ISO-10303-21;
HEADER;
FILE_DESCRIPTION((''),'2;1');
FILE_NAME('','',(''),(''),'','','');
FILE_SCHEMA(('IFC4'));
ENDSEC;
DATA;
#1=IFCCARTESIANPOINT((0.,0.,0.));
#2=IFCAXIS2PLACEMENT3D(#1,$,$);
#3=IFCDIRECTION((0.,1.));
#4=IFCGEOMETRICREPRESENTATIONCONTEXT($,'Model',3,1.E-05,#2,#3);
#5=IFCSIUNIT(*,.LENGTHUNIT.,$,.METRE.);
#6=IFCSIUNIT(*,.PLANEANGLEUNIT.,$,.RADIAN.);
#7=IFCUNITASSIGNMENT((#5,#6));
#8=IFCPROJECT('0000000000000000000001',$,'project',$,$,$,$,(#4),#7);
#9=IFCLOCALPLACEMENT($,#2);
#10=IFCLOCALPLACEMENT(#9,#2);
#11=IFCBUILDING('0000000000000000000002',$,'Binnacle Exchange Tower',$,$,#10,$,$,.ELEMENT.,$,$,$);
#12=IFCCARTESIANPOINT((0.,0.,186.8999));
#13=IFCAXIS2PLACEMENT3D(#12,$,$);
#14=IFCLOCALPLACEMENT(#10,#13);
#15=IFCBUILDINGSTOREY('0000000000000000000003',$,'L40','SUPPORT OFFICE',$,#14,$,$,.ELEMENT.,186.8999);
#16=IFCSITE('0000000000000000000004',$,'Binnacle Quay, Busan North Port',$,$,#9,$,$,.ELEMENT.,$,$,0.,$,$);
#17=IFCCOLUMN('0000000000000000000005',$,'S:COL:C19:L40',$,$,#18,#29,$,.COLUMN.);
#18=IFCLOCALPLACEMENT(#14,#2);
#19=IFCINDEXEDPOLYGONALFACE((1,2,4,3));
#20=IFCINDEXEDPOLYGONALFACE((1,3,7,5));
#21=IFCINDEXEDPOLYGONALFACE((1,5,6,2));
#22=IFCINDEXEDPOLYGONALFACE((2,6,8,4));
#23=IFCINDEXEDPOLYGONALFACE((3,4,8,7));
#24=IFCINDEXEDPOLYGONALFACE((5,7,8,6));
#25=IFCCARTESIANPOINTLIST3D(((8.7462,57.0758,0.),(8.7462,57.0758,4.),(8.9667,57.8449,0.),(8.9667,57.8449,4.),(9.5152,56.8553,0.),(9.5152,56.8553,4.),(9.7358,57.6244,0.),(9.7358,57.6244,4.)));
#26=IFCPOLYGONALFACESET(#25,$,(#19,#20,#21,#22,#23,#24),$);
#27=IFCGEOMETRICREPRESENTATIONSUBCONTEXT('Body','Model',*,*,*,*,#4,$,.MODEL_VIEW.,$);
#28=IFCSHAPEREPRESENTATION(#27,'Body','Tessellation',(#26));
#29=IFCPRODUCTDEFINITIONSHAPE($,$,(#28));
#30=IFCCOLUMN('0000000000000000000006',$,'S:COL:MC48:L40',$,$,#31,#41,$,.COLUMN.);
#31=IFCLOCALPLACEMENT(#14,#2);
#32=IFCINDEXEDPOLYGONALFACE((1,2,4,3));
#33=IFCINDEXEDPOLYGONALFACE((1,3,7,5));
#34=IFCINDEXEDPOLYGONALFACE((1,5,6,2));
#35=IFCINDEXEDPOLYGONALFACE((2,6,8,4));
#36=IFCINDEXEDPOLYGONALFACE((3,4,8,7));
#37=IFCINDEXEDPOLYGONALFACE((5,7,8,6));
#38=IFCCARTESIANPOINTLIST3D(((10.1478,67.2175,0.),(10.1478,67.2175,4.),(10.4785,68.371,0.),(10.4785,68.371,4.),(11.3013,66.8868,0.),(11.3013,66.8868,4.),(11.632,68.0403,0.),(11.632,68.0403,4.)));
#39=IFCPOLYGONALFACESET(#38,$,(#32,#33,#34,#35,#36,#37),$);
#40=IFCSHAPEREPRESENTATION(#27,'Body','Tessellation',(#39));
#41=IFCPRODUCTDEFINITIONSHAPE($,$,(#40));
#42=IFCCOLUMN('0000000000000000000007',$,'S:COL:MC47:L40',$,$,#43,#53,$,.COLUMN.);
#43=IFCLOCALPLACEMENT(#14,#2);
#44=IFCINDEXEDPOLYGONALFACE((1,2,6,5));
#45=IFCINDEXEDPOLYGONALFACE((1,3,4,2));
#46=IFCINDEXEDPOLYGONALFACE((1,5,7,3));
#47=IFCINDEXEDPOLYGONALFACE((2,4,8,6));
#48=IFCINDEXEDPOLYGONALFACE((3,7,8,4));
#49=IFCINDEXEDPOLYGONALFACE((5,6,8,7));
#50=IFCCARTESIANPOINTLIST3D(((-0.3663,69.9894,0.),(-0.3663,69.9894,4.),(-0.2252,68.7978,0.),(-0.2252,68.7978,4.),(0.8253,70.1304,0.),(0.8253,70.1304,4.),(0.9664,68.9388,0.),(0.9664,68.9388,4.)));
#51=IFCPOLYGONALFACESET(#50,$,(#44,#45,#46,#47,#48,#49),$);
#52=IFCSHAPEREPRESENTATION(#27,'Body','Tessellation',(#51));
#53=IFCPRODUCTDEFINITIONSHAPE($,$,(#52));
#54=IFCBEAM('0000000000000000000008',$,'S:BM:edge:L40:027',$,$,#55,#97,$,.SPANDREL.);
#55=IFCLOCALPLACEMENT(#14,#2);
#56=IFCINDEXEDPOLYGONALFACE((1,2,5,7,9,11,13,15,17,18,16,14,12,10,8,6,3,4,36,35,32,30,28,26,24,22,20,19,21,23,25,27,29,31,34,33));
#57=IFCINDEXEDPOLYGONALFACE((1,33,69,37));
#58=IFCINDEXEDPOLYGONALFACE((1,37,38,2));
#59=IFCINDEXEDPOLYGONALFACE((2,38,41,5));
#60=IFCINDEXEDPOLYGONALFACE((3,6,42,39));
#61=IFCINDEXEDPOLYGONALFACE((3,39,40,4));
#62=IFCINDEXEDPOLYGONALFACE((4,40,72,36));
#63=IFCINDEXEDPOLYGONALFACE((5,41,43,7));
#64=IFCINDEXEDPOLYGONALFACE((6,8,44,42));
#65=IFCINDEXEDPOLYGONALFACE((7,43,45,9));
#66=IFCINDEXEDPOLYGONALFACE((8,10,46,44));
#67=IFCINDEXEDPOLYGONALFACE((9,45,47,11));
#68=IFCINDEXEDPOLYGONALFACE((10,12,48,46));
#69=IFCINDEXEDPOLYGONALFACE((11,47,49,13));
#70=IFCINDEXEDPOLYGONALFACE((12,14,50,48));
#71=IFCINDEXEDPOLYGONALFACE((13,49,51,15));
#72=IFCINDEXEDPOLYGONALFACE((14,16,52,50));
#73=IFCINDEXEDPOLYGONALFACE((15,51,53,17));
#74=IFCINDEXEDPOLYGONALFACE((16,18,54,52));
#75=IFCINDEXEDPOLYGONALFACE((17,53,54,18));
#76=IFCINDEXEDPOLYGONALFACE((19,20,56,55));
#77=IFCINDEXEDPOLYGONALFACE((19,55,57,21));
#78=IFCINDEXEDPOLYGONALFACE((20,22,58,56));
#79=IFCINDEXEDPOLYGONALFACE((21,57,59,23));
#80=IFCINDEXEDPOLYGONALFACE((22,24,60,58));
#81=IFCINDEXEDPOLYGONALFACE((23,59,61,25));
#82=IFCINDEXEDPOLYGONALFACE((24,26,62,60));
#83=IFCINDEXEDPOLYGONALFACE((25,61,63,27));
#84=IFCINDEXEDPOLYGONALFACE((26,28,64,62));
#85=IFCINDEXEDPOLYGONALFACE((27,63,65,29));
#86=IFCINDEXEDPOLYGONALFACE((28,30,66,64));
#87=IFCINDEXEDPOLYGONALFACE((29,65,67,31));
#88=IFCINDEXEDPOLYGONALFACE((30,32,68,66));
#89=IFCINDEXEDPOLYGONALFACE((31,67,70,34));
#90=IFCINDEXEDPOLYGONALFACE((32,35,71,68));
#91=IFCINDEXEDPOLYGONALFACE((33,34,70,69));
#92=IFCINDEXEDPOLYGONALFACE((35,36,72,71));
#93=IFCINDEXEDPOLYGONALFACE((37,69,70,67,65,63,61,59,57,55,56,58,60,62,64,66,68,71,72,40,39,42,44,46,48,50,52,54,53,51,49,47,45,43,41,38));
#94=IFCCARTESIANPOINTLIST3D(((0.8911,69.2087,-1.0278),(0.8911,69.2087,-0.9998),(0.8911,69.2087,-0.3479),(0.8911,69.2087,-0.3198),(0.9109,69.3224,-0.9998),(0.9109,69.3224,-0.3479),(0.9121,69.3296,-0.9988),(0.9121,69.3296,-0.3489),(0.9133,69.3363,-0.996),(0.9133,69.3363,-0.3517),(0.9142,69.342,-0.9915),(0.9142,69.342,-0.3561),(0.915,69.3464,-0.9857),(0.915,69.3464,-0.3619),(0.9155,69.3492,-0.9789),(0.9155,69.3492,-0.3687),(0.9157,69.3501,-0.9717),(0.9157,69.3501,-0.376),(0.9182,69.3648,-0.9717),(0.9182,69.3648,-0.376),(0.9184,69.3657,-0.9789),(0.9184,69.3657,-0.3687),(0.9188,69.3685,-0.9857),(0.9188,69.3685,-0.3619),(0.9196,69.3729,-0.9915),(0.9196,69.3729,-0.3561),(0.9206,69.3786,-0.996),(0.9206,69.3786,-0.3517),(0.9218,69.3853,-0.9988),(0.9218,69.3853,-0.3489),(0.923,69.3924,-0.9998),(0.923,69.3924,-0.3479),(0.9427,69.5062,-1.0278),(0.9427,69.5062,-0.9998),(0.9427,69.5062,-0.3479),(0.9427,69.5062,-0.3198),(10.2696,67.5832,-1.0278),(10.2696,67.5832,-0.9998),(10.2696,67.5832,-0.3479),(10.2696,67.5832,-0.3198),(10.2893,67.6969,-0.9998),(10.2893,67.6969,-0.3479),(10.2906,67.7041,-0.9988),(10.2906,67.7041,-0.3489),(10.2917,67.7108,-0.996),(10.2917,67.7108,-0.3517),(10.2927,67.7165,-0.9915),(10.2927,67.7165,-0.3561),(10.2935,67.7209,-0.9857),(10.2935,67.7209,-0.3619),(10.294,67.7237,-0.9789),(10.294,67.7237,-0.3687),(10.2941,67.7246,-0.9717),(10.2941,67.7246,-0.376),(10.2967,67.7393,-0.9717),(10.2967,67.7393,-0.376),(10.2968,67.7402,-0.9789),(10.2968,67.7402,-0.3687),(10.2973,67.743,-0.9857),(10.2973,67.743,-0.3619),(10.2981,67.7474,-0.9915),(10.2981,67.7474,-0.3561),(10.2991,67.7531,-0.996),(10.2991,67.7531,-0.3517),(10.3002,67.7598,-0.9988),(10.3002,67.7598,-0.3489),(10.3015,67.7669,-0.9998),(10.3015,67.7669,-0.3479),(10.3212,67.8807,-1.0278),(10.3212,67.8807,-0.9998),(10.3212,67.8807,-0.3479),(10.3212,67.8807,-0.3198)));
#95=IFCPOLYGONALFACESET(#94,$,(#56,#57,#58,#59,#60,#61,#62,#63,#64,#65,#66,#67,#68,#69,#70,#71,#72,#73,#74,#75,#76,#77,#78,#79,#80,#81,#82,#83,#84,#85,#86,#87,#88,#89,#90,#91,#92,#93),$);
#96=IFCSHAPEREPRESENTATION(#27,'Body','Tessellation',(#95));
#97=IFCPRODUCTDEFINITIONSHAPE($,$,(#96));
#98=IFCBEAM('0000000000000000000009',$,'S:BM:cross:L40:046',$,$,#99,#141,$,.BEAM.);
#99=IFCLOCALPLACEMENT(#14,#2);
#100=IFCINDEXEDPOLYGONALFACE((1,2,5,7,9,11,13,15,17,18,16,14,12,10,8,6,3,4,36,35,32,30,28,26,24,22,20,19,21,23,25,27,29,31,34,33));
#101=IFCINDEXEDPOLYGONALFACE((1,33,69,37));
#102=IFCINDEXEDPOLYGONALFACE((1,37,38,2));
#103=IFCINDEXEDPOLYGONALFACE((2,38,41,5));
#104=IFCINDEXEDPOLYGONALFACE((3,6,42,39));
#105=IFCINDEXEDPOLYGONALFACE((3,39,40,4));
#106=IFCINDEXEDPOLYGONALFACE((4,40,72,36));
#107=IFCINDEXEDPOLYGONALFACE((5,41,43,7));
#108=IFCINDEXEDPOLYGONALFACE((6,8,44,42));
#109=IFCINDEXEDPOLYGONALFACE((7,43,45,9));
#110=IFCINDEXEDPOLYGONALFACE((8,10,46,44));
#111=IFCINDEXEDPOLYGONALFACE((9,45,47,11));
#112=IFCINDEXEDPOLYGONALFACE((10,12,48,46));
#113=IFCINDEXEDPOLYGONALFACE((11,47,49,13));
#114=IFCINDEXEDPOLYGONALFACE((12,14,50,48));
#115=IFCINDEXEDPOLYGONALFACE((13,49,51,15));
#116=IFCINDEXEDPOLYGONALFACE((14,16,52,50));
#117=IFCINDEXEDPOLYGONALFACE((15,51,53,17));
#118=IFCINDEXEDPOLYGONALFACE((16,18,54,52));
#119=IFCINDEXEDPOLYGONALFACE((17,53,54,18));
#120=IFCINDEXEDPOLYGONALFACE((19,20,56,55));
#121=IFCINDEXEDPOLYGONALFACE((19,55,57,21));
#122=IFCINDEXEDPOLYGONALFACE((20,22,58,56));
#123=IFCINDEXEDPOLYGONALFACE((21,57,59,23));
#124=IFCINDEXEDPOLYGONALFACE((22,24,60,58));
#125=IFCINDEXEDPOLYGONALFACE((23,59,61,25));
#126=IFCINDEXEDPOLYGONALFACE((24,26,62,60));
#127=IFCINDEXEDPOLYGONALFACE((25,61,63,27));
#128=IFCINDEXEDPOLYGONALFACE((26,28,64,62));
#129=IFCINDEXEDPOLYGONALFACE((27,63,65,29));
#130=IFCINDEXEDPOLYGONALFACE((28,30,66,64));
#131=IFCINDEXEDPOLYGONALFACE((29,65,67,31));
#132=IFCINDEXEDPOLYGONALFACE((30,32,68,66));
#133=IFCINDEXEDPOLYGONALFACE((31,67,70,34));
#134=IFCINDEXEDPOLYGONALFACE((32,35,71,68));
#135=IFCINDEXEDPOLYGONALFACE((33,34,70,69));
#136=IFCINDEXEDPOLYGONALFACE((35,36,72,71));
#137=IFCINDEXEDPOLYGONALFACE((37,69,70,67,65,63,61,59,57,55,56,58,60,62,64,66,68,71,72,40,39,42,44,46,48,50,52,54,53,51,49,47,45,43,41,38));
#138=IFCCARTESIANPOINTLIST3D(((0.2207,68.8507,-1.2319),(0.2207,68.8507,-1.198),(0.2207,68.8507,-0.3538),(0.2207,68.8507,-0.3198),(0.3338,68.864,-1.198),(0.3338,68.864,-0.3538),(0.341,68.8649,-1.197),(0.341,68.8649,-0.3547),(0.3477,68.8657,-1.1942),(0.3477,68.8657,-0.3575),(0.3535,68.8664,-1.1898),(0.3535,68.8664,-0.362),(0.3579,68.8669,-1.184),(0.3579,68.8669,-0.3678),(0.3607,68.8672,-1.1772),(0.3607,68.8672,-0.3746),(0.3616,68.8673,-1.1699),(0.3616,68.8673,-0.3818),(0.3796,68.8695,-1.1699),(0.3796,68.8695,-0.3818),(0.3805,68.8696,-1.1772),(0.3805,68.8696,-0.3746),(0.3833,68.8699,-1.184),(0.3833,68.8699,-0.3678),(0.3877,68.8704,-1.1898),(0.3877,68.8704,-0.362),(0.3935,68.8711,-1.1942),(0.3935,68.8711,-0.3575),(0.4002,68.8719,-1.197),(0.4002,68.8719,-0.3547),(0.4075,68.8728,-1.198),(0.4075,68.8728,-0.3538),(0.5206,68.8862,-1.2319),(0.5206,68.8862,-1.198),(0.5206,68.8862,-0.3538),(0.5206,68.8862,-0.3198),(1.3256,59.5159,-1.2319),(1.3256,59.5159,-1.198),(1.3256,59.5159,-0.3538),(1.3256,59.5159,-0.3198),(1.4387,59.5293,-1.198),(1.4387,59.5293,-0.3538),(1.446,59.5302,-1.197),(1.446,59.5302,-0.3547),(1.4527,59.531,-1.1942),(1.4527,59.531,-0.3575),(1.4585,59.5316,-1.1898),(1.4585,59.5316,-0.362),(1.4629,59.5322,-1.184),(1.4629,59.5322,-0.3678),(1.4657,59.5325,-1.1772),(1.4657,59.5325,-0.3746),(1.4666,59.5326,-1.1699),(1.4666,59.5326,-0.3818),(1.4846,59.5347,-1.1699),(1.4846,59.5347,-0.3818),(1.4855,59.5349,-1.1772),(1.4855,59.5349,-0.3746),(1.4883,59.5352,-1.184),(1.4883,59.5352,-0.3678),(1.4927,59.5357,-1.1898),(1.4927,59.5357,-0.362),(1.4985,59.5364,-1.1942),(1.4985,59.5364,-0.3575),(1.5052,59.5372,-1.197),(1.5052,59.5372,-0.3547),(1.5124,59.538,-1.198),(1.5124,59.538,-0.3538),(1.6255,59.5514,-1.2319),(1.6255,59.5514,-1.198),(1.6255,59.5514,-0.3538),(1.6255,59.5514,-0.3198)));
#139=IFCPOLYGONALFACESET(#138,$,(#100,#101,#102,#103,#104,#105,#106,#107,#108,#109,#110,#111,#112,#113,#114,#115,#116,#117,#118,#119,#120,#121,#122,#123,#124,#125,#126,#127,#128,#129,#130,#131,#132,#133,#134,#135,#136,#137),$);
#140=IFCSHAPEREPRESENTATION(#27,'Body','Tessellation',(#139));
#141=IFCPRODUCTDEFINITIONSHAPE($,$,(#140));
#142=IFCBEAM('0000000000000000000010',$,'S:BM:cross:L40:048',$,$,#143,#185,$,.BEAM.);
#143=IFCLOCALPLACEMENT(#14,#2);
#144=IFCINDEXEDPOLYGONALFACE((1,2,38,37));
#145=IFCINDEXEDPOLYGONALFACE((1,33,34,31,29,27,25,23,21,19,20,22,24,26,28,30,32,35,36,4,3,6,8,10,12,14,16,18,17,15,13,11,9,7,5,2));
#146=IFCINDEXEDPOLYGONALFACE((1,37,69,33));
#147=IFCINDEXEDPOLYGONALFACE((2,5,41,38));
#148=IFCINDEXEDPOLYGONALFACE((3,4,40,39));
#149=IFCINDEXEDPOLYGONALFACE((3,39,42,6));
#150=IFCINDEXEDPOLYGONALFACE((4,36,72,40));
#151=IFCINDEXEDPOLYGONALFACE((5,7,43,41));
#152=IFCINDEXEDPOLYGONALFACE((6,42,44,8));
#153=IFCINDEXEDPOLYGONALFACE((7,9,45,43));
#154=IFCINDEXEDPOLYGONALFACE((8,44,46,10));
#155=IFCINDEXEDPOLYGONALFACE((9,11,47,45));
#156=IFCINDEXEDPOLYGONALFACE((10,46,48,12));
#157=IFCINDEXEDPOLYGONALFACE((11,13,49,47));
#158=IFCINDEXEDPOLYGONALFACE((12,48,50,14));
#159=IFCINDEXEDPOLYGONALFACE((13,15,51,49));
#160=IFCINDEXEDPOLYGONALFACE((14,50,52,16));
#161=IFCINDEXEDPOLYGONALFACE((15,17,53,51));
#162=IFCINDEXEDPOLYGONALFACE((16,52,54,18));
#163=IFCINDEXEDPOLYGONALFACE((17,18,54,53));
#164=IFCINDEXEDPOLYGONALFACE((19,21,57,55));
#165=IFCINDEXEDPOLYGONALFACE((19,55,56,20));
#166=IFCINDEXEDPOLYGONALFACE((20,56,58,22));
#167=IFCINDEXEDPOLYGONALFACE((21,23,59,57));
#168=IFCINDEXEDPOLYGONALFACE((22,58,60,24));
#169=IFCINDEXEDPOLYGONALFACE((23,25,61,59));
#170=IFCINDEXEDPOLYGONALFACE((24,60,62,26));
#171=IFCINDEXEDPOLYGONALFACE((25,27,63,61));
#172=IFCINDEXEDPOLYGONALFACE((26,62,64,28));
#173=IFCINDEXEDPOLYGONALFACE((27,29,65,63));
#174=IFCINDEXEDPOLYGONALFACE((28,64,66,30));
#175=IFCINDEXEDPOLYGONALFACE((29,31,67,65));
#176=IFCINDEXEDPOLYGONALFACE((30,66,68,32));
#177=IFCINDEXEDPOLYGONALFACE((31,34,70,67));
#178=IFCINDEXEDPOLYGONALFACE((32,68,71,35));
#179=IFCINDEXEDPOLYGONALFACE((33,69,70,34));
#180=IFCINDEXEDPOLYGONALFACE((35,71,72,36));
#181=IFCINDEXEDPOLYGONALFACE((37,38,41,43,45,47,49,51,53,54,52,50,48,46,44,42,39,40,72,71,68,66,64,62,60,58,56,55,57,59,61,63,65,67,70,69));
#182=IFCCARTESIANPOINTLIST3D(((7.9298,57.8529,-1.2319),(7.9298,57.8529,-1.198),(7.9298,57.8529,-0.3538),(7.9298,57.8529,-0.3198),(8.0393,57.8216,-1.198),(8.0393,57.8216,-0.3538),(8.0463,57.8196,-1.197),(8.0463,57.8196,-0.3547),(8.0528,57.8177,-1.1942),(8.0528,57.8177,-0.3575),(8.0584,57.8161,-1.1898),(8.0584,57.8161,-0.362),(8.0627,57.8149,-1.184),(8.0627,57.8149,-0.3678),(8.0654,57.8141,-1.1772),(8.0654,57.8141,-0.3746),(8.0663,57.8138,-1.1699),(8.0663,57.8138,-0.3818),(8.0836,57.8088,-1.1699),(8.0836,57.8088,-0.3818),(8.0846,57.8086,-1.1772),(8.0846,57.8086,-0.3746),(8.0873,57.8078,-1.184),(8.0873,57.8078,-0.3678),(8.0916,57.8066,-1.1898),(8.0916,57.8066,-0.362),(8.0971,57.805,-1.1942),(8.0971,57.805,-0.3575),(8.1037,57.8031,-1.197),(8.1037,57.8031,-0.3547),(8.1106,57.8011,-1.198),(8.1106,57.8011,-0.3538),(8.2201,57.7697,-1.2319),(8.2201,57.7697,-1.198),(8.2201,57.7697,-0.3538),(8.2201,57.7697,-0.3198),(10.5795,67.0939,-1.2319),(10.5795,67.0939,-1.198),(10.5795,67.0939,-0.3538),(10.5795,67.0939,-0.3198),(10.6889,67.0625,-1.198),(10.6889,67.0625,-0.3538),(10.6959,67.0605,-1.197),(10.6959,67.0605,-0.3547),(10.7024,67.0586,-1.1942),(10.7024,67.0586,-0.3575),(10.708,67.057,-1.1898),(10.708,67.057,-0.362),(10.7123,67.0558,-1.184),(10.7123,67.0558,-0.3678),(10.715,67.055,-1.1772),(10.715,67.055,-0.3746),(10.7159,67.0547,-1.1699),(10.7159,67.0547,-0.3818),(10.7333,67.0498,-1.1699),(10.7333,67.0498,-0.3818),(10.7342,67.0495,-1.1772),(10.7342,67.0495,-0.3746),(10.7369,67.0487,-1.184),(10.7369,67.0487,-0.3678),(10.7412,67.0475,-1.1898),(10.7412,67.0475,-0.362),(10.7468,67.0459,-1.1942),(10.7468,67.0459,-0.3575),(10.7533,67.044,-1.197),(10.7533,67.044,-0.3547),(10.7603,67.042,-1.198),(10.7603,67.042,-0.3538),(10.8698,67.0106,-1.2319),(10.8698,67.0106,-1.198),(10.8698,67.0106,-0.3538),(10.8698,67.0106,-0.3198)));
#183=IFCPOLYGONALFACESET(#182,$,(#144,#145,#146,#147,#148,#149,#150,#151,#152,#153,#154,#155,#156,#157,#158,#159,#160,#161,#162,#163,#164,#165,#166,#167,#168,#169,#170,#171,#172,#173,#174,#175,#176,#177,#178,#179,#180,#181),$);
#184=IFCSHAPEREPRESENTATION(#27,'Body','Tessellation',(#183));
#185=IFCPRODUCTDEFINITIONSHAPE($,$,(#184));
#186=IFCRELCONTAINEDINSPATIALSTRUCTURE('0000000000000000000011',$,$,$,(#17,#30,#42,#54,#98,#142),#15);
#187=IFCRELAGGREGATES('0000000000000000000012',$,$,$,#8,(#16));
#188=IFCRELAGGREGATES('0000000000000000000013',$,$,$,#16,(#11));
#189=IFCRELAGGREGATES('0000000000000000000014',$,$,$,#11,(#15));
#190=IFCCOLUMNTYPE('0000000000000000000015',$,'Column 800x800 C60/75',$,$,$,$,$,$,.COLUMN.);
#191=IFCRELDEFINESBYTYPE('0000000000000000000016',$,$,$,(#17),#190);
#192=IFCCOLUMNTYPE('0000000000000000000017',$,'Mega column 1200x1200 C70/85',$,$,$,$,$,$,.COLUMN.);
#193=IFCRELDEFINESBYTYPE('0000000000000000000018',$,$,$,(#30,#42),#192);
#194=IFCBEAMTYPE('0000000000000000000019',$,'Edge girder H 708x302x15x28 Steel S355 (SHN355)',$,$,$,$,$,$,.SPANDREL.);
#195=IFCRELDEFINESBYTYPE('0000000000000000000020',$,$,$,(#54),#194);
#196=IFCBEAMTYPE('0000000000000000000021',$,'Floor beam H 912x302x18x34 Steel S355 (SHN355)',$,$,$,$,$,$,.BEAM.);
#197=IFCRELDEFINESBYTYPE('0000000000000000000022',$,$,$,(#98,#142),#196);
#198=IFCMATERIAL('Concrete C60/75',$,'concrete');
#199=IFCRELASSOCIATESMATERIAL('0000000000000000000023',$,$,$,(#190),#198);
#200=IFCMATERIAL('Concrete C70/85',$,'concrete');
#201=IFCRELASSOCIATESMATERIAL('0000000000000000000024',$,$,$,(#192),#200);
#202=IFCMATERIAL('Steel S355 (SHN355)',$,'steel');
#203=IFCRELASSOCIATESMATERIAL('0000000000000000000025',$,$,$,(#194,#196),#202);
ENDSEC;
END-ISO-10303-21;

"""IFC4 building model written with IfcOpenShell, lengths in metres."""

from ifc_helpers import new_model, si_unit, direction, frame, origin, origin_2d, place, context, subcontext, project, spatial, rectangle, i_section, extrude, material, material_profile, profile_set, type_object, element, save


model = new_model("IFC4")

# Units and contexts
model_context = context("Model", 3, precision=1e-05, world=origin(), true_north=direction((0.0, 1.0)))
body_context = subcontext(model_context, "Body", "Model", "MODEL_VIEW")
ifc_project = project(units=[si_unit("LENGTHUNIT", "METRE"), si_unit("PLANEANGLEUNIT", "RADIAN")], contexts=[model_context])

# Site, building, storey
site_placement = place(None, origin())
site = spatial("IfcSite", under=ifc_project, at=site_placement, Name="Binnacle Quay, Busan North Port", CompositionType="ELEMENT", RefElevation=0.0)
building_placement = place(site_placement, origin())
building = spatial("IfcBuilding", under=site, at=building_placement, Name="Binnacle Exchange Tower", CompositionType="ELEMENT")
storey_placement = place(building_placement, frame((0.0, 0.0, 186.8999)))
storey = spatial("IfcBuildingStorey", under=building, at=storey_placement, Name="L40", Description="SUPPORT OFFICE", CompositionType="ELEMENT", Elevation=186.8999)

# Columns
ifc_material_1 = material(Name="Concrete C60/75", Category="concrete")
ifc_material_profile_1 = material_profile(ifc_material_1, rectangle(XDim=0.8, YDim=0.8, at=origin_2d()), Name="Column 800x800 C60/75")
ifc_profile_set_1 = profile_set([ifc_material_profile_1], Name="Concrete C60/75")
column_type_1 = type_object("IfcColumnType", Name="Column 800x800 C60/75", PredefinedType="COLUMN", material=ifc_profile_set_1)
column_placement = place(storey_placement, frame((9.241, 57.3501, 0.0), z_axis=(0.0, 0.0, 1.0), x_axis=(0.961262, -0.275637, 0.0)))
element("IfcColumn", 1, at=column_placement, inside=storey, type_object=column_type_1, Name="S:COL:C19:L40", PredefinedType="COLUMN", context=body_context, shape_type="SweptSolid", body=[
    extrude(rectangle(XDim=0.8, YDim=0.8, at=origin_2d()), origin(), (0.0, 0.0, 1.0), 4.0),
])
ifc_material_2 = material(Name="Concrete C70/85", Category="concrete")
ifc_material_profile_2 = material_profile(ifc_material_2, rectangle(XDim=1.2, YDim=1.2, at=origin_2d()), Name="Mega column 1200x1200 C70/85")
ifc_profile_set_2 = profile_set([ifc_material_profile_2], Name="Concrete C70/85")
column_type_2 = type_object("IfcColumnType", Name="Mega column 1200x1200 C70/85", PredefinedType="COLUMN", material=ifc_profile_set_2)
for number, where, z_axis, x_axis, name in (
    (2, (10.8899, 67.6289, 0.0), (0.0, 0.0, 1.0), (-0.961262, 0.275637, 0.0), "S:COL:MC48:L40"),
    (3, (0.3, 69.4641, 0.0), (0.0, 0.0, 1.0), (-0.993068, -0.117537, 0.0), "S:COL:MC47:L40"),
):
    element("IfcColumn", number, at=place(storey_placement, frame(where, z_axis=z_axis, x_axis=x_axis)), inside=storey, type_object=column_type_2, Name=name, PredefinedType="COLUMN", context=body_context, shape_type="SweptSolid", body=[
        extrude(rectangle(XDim=1.2, YDim=1.2, at=origin_2d()), origin(), (0.0, 0.0, 1.0), 4.0),
    ])

# Beams
ifc_material_3 = material(Name="Steel S355 (SHN355)", Category="steel")
ifc_material_profile_3 = material_profile(ifc_material_3, i_section(OverallWidth=0.302, OverallDepth=0.708, WebThickness=0.0149, FlangeThickness=0.0281, FilletRadius=0.0281, at=origin_2d()), Name="H 708x302x15x28")
ifc_profile_set_3 = profile_set([ifc_material_profile_3], Name="Steel S355 (SHN355)")
beam_type_1 = type_object("IfcBeamType", Name="Edge girder H 708x302x15x28 Steel S355 (SHN355)", PredefinedType="SPANDREL", material=ifc_profile_set_3)
beam_1_placement = place(storey_placement, frame((10.2954, 67.7319, -0.6738), z_axis=(-0.98531, 0.170776, 0.0), x_axis=(-0.170776, -0.98531, 0.0)))
element("IfcBeam", 4, at=beam_1_placement, inside=storey, type_object=beam_type_1, Name="S:BM:edge:L40:027", PredefinedType="SPANDREL", context=body_context, shape_type="SweptSolid", body=[
    extrude(i_section(OverallWidth=0.302, OverallDepth=0.708, WebThickness=0.0149, FlangeThickness=0.0281, FilletRadius=0.0281, at=origin_2d()), origin(), (0.0, 0.0, 1.0), 9.5183),
])
ifc_material_profile_4 = material_profile(ifc_material_3, i_section(OverallWidth=0.302, OverallDepth=0.9121, WebThickness=0.0181, FlangeThickness=0.0339, FilletRadius=0.0281, at=origin_2d()), Name="H 912x302x18x34")
ifc_profile_set_4 = profile_set([ifc_material_profile_4], Name="Steel S355 (SHN355)")
beam_type_2 = type_object("IfcBeamType", Name="Floor beam H 912x302x18x34 Steel S355 (SHN355)", PredefinedType="BEAM", material=ifc_profile_set_4)
beam_2_placement = place(storey_placement, frame((0.3706, 68.8684, -0.7759), z_axis=(0.117552, -0.993067, 0.0), x_axis=(0.993067, 0.117552, 0.0)))
element("IfcBeam", 5, at=beam_2_placement, inside=storey, type_object=beam_type_2, Name="S:BM:cross:L40:046", PredefinedType="BEAM", context=body_context, shape_type="SweptSolid", body=[
    extrude(i_section(OverallWidth=0.302, OverallDepth=0.9121, WebThickness=0.0181, FlangeThickness=0.0339, FilletRadius=0.0281, at=origin_2d()), origin(), (0.0, 0.0, 1.0), 9.3999),
])
beam_3_placement = place(storey_placement, frame((10.7246, 67.0522, -0.7759), z_axis=(-0.275623, -0.961266, 0.0), x_axis=(0.961266, -0.275623, 0.0)))
element("IfcBeam", 6, at=beam_3_placement, inside=storey, type_object=beam_type_2, Name="S:BM:cross:L40:048", PredefinedType="BEAM", context=body_context, shape_type="SweptSolid", body=[
    extrude(i_section(OverallWidth=0.302, OverallDepth=0.9121, WebThickness=0.0181, FlangeThickness=0.0339, FilletRadius=0.0281, at=origin_2d()), origin(), (0.0, 0.0, 1.0), 9.6133),
])

save(model, "model.ifc")
